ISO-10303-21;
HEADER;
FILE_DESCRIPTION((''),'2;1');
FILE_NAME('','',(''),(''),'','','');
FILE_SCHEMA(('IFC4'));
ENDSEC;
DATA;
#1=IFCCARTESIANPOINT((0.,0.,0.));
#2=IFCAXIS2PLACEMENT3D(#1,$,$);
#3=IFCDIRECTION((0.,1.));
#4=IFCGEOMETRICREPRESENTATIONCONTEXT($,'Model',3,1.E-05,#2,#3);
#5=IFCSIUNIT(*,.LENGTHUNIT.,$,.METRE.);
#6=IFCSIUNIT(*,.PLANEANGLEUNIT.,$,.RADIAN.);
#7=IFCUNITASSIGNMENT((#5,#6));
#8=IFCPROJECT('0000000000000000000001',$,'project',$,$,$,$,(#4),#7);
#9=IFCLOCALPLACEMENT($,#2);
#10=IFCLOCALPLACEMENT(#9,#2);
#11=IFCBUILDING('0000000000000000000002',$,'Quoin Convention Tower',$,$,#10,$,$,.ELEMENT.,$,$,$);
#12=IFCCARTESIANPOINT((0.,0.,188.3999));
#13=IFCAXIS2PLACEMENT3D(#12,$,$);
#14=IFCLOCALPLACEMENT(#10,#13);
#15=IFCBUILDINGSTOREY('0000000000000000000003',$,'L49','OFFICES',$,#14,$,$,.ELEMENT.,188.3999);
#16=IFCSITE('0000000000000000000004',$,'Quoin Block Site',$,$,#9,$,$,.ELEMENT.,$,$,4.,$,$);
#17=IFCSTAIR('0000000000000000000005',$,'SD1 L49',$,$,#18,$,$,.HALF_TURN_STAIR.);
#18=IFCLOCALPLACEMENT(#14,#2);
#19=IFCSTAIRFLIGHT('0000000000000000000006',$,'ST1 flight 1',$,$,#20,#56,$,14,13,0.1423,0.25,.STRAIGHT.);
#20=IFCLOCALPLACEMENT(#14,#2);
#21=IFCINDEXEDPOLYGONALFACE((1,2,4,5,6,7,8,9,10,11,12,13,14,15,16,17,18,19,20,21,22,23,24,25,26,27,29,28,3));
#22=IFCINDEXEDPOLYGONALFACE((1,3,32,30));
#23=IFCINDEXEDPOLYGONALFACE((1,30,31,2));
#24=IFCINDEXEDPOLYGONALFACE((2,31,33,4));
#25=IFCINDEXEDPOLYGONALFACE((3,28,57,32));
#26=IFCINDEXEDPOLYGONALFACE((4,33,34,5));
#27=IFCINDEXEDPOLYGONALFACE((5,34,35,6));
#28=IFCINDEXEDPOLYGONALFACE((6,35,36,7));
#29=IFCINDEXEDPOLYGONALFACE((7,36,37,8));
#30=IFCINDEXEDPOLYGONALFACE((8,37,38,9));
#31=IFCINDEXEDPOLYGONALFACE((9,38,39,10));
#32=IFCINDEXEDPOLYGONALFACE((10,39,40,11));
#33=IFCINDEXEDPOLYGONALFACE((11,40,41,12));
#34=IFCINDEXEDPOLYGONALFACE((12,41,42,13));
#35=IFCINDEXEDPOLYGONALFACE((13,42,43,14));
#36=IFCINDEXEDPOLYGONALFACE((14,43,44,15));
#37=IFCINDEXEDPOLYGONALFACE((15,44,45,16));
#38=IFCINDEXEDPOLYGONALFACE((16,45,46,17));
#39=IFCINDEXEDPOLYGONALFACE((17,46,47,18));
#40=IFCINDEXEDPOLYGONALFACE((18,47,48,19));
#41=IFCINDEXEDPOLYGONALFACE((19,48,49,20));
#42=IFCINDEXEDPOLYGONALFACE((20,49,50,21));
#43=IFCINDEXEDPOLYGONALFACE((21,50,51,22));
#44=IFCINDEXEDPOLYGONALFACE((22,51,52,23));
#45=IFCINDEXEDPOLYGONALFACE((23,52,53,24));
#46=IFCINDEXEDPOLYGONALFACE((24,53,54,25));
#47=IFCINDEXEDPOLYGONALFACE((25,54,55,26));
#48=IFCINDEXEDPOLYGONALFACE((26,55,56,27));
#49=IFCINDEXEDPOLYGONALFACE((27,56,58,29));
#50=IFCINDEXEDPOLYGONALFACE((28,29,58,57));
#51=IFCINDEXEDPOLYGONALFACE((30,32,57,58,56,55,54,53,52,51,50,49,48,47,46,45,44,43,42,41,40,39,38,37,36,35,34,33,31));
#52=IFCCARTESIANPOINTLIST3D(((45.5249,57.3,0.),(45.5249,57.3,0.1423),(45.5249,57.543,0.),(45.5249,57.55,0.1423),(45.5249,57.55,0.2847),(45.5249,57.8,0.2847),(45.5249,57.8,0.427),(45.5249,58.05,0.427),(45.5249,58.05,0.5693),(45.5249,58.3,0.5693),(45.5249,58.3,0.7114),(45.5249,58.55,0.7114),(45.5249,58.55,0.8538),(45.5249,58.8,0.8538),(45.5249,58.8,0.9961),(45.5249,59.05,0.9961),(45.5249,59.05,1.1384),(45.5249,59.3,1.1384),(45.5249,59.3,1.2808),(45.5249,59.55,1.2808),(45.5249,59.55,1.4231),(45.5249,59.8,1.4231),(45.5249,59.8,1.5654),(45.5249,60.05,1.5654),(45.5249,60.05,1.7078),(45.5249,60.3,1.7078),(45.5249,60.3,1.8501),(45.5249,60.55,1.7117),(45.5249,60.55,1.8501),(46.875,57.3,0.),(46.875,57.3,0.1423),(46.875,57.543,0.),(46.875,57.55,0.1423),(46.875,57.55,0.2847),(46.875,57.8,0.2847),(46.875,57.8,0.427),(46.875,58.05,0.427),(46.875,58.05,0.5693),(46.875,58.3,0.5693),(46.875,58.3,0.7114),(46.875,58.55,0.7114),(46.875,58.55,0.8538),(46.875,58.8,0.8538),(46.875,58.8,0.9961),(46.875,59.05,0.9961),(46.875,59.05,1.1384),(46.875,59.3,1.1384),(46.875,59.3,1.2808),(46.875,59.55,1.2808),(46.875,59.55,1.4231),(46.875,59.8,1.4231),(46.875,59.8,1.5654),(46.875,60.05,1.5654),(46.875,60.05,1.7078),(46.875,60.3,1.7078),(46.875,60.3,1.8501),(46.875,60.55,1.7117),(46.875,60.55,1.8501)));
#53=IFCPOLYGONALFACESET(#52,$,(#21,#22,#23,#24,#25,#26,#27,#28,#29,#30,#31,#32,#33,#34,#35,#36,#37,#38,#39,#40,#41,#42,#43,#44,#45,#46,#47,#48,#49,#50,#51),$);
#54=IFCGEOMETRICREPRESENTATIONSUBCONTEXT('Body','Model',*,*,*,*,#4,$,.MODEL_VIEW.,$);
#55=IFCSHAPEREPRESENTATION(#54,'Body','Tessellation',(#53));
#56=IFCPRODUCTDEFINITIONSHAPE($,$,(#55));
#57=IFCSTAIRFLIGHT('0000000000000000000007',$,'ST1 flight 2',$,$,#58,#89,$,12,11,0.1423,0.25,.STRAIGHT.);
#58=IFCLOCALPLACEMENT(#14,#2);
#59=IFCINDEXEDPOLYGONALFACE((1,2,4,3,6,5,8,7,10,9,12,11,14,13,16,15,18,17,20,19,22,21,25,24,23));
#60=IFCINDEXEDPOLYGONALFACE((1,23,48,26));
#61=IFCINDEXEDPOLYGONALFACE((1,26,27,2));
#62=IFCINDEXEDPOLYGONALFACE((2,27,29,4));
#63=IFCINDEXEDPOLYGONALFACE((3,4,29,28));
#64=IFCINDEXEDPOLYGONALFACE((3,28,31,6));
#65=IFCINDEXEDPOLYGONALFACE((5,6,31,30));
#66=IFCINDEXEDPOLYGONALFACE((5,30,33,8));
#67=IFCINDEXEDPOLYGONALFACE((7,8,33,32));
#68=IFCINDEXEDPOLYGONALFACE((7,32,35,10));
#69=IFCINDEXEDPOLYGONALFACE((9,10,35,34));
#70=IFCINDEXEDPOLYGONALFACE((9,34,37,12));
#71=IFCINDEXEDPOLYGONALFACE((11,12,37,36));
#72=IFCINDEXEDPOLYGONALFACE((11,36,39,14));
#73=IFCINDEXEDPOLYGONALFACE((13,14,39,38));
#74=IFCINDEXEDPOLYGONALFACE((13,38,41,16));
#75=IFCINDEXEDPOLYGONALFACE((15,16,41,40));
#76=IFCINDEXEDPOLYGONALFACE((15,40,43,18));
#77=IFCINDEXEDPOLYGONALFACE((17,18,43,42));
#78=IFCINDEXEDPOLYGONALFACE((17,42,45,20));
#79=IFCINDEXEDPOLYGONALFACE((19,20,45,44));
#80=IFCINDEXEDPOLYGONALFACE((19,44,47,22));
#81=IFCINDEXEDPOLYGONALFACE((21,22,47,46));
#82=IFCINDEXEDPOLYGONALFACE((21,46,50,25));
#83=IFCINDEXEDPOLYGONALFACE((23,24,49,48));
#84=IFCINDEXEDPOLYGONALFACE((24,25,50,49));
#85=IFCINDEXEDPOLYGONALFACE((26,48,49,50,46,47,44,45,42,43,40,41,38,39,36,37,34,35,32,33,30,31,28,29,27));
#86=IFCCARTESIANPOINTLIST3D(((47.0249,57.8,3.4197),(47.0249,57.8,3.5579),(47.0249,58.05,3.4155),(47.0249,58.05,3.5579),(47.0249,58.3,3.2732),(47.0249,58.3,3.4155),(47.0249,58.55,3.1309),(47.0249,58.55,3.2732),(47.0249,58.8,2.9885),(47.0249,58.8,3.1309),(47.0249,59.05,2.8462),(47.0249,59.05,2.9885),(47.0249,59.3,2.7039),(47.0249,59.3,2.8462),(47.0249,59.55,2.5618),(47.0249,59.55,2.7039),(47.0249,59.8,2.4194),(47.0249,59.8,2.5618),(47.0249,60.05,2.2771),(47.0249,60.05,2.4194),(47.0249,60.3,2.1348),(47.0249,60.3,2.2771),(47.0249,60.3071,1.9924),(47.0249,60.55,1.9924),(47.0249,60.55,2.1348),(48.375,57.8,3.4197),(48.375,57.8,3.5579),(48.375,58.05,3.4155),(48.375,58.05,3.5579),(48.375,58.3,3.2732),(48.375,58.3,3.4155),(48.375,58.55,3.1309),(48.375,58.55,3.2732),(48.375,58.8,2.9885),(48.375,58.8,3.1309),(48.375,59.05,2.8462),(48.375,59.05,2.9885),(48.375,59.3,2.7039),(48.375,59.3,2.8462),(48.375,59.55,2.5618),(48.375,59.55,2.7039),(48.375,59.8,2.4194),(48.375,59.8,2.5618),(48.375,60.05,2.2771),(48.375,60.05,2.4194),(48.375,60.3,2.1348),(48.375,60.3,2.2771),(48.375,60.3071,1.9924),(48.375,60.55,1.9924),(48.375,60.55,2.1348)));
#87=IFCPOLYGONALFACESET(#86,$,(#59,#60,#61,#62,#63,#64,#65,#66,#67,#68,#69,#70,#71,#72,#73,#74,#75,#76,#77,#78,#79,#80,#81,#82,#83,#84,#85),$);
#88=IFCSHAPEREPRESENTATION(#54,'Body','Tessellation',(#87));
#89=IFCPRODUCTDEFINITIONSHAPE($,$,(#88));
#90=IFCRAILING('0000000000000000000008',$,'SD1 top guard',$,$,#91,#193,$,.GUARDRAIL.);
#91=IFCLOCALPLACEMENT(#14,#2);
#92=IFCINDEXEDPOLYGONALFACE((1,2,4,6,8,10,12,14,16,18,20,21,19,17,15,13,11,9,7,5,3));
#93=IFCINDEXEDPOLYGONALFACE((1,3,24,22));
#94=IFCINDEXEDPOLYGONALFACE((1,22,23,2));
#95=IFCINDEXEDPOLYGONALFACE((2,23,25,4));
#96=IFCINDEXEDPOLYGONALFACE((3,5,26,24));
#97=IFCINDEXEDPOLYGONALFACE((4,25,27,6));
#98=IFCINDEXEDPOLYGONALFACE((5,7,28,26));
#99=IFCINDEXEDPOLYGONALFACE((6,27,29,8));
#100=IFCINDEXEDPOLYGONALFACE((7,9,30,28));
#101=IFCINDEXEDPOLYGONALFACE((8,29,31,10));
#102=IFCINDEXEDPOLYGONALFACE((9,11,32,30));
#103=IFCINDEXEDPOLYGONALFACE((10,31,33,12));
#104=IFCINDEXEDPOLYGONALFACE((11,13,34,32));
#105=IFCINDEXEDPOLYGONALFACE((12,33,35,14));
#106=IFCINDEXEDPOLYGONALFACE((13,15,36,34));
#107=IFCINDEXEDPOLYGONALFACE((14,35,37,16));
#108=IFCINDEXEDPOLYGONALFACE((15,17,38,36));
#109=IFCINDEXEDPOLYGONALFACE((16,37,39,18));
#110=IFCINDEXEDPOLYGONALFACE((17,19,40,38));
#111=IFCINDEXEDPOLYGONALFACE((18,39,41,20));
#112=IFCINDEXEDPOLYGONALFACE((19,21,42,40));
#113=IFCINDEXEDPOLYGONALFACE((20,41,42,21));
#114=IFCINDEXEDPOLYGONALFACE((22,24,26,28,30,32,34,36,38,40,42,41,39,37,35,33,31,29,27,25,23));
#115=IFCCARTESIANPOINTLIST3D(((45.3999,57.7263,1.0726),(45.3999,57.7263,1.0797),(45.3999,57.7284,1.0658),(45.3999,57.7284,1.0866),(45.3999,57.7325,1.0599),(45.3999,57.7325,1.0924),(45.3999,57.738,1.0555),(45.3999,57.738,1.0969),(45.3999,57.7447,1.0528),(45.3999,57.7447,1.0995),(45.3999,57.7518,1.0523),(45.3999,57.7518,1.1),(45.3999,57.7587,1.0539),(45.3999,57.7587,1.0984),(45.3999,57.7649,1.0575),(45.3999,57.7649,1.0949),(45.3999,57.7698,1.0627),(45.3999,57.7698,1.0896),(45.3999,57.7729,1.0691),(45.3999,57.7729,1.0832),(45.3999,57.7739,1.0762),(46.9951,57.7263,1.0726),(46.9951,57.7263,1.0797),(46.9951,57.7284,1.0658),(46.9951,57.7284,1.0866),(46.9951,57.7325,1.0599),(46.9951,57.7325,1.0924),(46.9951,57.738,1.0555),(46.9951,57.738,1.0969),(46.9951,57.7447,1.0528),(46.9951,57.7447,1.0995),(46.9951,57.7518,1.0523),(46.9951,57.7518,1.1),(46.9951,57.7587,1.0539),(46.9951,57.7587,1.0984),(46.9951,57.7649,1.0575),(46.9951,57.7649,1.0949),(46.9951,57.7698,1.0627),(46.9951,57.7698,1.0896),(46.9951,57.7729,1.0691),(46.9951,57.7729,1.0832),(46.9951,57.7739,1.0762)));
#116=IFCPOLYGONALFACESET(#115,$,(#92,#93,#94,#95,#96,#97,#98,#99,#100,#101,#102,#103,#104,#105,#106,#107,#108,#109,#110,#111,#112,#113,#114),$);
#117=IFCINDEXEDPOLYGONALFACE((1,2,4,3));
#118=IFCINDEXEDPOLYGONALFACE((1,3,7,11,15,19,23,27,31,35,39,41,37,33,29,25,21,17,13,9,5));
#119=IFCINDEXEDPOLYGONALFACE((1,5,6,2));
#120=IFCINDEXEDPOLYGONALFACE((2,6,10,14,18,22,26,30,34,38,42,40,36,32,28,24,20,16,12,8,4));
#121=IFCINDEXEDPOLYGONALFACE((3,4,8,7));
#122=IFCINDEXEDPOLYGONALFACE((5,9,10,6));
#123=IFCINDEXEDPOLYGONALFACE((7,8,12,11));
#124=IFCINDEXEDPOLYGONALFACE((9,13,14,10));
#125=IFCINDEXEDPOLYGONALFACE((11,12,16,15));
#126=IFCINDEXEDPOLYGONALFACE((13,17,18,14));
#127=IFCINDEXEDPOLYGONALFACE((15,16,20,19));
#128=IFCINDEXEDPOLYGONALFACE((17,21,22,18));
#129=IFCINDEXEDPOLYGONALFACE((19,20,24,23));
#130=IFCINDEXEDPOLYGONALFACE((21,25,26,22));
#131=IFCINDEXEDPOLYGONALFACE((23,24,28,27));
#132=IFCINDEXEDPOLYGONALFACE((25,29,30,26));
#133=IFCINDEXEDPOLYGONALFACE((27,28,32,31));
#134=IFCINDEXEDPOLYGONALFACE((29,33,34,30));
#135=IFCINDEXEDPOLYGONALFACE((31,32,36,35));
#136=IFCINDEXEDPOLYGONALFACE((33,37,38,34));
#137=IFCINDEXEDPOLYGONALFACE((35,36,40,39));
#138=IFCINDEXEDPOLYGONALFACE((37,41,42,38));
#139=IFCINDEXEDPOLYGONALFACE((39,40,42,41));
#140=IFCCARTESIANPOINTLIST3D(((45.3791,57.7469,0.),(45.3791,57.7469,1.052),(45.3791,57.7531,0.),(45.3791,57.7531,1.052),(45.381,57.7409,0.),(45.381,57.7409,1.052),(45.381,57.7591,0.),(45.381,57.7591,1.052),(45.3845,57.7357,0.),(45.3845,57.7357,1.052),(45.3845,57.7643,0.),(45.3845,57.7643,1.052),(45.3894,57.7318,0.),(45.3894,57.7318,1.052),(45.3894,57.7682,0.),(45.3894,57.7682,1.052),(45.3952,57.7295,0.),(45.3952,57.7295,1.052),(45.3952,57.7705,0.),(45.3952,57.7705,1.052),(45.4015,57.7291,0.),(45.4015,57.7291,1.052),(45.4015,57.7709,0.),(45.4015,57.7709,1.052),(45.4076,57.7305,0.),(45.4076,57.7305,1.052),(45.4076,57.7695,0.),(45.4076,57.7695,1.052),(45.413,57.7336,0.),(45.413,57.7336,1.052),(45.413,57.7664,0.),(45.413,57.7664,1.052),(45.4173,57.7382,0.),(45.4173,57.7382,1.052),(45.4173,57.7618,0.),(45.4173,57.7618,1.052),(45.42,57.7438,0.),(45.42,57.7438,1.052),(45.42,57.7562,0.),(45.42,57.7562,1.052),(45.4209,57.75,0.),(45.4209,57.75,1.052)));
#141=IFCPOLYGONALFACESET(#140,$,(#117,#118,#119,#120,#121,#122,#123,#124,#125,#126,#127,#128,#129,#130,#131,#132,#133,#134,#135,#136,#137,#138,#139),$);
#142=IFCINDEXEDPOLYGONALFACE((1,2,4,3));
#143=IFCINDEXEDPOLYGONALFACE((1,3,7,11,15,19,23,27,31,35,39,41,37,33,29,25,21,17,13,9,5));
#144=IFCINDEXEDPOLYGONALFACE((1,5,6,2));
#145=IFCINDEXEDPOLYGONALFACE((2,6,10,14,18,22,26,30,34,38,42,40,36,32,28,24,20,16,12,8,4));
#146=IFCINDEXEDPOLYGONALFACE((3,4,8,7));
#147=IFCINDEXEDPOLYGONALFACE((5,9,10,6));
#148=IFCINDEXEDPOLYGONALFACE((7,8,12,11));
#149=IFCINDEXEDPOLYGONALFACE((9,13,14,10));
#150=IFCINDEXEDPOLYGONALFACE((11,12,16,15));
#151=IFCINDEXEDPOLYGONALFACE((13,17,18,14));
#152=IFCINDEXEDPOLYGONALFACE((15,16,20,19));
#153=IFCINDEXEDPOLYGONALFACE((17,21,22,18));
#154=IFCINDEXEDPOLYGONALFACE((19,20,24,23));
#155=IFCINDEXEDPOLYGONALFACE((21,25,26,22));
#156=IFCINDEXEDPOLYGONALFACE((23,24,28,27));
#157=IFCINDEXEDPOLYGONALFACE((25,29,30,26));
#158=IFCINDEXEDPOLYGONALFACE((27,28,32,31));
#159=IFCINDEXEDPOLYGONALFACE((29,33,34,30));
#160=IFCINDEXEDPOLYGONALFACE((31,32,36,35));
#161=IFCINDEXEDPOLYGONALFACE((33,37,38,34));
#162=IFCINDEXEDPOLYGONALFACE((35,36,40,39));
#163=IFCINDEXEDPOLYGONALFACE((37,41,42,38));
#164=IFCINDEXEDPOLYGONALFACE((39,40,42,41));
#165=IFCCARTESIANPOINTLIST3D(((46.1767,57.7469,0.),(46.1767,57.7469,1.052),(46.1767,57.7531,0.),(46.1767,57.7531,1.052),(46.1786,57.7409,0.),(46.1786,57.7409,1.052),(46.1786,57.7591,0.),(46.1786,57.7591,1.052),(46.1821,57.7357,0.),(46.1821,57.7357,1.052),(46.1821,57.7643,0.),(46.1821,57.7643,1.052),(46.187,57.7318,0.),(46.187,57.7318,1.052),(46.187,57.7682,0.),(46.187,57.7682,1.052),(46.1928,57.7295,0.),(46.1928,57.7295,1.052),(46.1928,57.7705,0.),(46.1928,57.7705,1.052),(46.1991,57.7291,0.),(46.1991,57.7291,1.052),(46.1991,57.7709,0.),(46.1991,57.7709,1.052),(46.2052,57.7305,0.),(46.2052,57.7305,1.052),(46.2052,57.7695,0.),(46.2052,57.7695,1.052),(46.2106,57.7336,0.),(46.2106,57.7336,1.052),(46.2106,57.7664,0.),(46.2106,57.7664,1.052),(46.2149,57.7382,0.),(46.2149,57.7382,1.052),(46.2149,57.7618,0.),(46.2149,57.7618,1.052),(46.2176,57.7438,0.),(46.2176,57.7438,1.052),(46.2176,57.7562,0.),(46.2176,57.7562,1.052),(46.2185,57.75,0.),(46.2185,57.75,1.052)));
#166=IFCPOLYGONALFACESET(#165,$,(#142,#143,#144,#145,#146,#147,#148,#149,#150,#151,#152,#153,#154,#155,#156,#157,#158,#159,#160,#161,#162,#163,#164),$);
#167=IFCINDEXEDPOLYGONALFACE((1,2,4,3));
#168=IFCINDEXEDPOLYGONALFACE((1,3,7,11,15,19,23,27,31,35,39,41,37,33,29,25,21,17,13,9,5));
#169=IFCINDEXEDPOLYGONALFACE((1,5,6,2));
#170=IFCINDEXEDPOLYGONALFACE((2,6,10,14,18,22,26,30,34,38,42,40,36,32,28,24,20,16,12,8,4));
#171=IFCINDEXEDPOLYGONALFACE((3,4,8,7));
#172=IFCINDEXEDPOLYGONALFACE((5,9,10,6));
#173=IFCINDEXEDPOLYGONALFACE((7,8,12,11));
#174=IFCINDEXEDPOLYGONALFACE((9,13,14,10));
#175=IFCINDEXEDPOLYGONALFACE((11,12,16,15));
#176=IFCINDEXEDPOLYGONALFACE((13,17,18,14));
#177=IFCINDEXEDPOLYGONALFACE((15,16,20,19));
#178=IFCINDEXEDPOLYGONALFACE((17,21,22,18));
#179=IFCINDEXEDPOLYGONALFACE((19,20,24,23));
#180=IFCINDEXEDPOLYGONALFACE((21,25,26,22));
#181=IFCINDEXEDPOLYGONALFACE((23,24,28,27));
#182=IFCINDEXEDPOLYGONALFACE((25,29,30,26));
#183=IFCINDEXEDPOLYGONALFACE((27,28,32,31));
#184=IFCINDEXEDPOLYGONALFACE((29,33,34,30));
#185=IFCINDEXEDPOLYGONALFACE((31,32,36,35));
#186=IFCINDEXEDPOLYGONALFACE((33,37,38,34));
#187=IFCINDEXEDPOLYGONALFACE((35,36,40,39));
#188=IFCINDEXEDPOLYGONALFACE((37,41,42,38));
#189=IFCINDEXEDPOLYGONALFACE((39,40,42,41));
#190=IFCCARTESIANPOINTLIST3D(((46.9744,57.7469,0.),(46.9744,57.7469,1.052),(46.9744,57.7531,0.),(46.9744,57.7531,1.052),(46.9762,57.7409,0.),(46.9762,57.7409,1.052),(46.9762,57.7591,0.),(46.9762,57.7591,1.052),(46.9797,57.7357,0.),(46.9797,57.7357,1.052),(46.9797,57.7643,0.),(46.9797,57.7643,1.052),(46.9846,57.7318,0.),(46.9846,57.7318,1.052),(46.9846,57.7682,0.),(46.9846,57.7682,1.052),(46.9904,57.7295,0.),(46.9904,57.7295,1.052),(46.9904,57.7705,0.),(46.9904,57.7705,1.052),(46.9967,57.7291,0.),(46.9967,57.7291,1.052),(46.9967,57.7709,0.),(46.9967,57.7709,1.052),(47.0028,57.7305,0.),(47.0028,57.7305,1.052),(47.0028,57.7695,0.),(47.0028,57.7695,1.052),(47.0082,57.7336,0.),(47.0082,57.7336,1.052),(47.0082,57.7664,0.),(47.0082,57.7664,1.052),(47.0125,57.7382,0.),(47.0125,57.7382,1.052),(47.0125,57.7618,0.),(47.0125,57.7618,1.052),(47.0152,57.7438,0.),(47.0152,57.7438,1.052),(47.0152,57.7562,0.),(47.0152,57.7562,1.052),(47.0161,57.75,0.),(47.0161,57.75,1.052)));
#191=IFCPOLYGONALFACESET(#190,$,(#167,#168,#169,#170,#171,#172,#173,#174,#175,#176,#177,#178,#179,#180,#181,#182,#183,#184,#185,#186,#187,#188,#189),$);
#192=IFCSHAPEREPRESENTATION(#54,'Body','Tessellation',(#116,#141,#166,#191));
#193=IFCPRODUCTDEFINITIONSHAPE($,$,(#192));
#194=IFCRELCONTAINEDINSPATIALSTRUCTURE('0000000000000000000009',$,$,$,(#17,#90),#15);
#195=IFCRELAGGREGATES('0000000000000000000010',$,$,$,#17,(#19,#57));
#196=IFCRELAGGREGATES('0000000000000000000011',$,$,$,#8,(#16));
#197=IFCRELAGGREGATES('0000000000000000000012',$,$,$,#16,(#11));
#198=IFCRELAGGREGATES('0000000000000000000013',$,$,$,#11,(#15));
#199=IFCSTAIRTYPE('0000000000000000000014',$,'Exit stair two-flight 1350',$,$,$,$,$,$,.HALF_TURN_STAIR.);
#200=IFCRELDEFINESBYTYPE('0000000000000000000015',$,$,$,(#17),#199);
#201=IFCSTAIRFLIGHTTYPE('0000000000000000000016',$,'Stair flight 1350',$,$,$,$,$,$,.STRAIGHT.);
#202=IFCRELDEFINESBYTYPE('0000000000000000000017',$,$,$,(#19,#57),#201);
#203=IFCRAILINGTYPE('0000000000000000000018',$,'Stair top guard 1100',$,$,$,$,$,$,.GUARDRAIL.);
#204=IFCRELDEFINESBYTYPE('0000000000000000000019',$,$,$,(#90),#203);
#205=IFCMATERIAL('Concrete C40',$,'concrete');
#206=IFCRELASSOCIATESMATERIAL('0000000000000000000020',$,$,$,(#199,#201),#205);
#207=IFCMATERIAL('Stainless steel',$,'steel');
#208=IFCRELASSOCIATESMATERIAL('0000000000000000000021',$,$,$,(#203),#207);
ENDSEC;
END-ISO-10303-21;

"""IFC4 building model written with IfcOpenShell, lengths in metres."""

from ifc_helpers import new_model, si_unit, direction, frame, origin, origin_2d, place, context, subcontext, project, spatial, polyline, circle, outline, extrude, material, type_object, element, aggregate, save


model = new_model("IFC4")

# Units and contexts
model_context = context("Model", 3, precision=1e-05, world=origin(), true_north=direction((0.0, 1.0)))
body_context = subcontext(model_context, "Body", "Model", "MODEL_VIEW")
ifc_project = project(units=[si_unit("LENGTHUNIT", "METRE"), si_unit("PLANEANGLEUNIT", "RADIAN")], contexts=[model_context])

# Site, building, storey
site_placement = place(None, origin())
site = spatial("IfcSite", under=ifc_project, at=site_placement, Name="Quoin Block Site", CompositionType="ELEMENT", RefElevation=4.0)
building_placement = place(site_placement, origin())
building = spatial("IfcBuilding", under=site, at=building_placement, Name="Quoin Convention Tower", CompositionType="ELEMENT")
storey_placement = place(building_placement, frame((0.0, 0.0, 188.3999)))
storey = spatial("IfcBuildingStorey", under=building, at=storey_placement, Name="L49", Description="OFFICES", CompositionType="ELEMENT", Elevation=188.3999)

# Stair, stair flights
ifc_material_1 = material(Name="Concrete C40", Category="concrete")
stair_type = type_object("IfcStairType", Name="Exit stair two-flight 1350", PredefinedType="HALF_TURN_STAIR", material=ifc_material_1)
stair_placement = place(storey_placement, origin())
stair = element("IfcStair", 1, at=stair_placement, inside=storey, type_object=stair_type, Name="SD1 L49", PredefinedType="HALF_TURN_STAIR")
stair_flight_type = type_object("IfcStairFlightType", Name="Stair flight 1350", PredefinedType="STRAIGHT", material=ifc_material_1)
stair_flight_1_placement = place(storey_placement, frame((46.2, 57.3, 0.0), z_axis=(0.0, 0.0, 1.0), x_axis=(0.0, 1.0, 0.0)))
stair_flight_1 = element("IfcStairFlight", 2, at=stair_flight_1_placement, type_object=stair_flight_type, Name="ST1 flight 1", NumberOfRisers=14, NumberOfTreads=13, PredefinedType="STRAIGHT", RiserHeight=0.1423, TreadLength=0.25, context=body_context, shape_type="SweptSolid", body=[
    extrude(outline(polyline([(0.0, 0.0), (0.0, 0.1423), (0.25, 0.1423), (0.25, 0.2847), (0.5, 0.2847), (0.5, 0.427), (0.75, 0.427), (0.75, 0.5693), (1.0, 0.5693), (1.0, 0.7114), (1.25, 0.7114), (1.25, 0.8538), (1.5, 0.8538), (1.5, 0.9961), (1.75, 0.9961), (1.75, 1.1384), (2.0, 1.1384), (2.0, 1.2808), (2.25, 1.2808), (2.25, 1.4231), (2.5, 1.4231), (2.5, 1.5654), (2.75, 1.5654), (2.75, 1.7078), (3.0, 1.7078), (3.0, 1.8501), (3.25, 1.8501), (3.25, 1.9922), (3.25, 1.7117), (0.2429, 0.0), (0.0, 0.0)])), frame((0.0, 0.675, 0.0), z_axis=(0.0, -1.0, 0.0), x_axis=(1.0, 0.0, 0.0)), (0.0, 0.0, 1.0), 1.3501),
])
stair_flight_2_placement = place(storey_placement, frame((47.7, 60.55, 1.9924), z_axis=(0.0, 0.0, 1.0), x_axis=(0.0, -1.0, 0.0)))
stair_flight_2 = element("IfcStairFlight", 3, at=stair_flight_2_placement, type_object=stair_flight_type, Name="ST1 flight 2", NumberOfRisers=12, NumberOfTreads=11, PredefinedType="STRAIGHT", RiserHeight=0.1423, TreadLength=0.25, context=body_context, shape_type="SweptSolid", body=[
    extrude(outline(polyline([(0.0, 0.0), (0.0, 0.1423), (0.25, 0.1423), (0.25, 0.2847), (0.5, 0.2847), (0.5, 0.427), (0.75, 0.427), (0.75, 0.5693), (1.0, 0.5693), (1.0, 0.7114), (1.25, 0.7114), (1.25, 0.8538), (1.5, 0.8538), (1.5, 0.9961), (1.75, 0.9961), (1.75, 1.1384), (2.0, 1.1384), (2.0, 1.2808), (2.25, 1.2808), (2.25, 1.4231), (2.5, 1.4231), (2.5, 1.5654), (2.75, 1.5654), (2.75, 1.7078), (2.75, 1.4272), (0.2429, 0.0), (0.0, 0.0)])), frame((0.0, 0.675, 0.0), z_axis=(0.0, -1.0, 0.0), x_axis=(1.0, 0.0, 0.0)), (0.0, 0.0, 1.0), 1.3501),
])
aggregate(stair, [stair_flight_1, stair_flight_2])

# Railing
ifc_material_2 = material(Name="Stainless steel", Category="steel")
railing_type_1 = type_object("IfcRailingType", Name="Stair top guard 1100", PredefinedType="GUARDRAIL", material=ifc_material_2)
railing_1_placement = place(storey_placement, frame((45.3999, 57.75, 0.0)))
element("IfcRailing", 4, at=railing_1_placement, inside=storey, type_object=railing_type_1, Name="SD1 top guard", PredefinedType="GUARDRAIL", context=body_context, shape_type="SweptSolid", body=[
    extrude(circle(Radius=0.0239, at=origin_2d()), frame((0.0, 0.0, 1.0762), z_axis=(1.0, 0.0, 0.0), x_axis=(0.0, 1.0, 0.0)), (0.0, 0.0, 1.0), 1.5952),
    extrude(circle(Radius=0.021, at=origin_2d()), origin(), (0.0, 0.0, 1.0), 1.052),
    extrude(circle(Radius=0.021, at=origin_2d()), frame((0.7976, 0.0, 0.0)), (0.0, 0.0, 1.0), 1.052),
    extrude(circle(Radius=0.021, at=origin_2d()), frame((1.5952, 0.0, 0.0)), (0.0, 0.0, 1.0), 1.052),
])

save(model, "model.ifc")
